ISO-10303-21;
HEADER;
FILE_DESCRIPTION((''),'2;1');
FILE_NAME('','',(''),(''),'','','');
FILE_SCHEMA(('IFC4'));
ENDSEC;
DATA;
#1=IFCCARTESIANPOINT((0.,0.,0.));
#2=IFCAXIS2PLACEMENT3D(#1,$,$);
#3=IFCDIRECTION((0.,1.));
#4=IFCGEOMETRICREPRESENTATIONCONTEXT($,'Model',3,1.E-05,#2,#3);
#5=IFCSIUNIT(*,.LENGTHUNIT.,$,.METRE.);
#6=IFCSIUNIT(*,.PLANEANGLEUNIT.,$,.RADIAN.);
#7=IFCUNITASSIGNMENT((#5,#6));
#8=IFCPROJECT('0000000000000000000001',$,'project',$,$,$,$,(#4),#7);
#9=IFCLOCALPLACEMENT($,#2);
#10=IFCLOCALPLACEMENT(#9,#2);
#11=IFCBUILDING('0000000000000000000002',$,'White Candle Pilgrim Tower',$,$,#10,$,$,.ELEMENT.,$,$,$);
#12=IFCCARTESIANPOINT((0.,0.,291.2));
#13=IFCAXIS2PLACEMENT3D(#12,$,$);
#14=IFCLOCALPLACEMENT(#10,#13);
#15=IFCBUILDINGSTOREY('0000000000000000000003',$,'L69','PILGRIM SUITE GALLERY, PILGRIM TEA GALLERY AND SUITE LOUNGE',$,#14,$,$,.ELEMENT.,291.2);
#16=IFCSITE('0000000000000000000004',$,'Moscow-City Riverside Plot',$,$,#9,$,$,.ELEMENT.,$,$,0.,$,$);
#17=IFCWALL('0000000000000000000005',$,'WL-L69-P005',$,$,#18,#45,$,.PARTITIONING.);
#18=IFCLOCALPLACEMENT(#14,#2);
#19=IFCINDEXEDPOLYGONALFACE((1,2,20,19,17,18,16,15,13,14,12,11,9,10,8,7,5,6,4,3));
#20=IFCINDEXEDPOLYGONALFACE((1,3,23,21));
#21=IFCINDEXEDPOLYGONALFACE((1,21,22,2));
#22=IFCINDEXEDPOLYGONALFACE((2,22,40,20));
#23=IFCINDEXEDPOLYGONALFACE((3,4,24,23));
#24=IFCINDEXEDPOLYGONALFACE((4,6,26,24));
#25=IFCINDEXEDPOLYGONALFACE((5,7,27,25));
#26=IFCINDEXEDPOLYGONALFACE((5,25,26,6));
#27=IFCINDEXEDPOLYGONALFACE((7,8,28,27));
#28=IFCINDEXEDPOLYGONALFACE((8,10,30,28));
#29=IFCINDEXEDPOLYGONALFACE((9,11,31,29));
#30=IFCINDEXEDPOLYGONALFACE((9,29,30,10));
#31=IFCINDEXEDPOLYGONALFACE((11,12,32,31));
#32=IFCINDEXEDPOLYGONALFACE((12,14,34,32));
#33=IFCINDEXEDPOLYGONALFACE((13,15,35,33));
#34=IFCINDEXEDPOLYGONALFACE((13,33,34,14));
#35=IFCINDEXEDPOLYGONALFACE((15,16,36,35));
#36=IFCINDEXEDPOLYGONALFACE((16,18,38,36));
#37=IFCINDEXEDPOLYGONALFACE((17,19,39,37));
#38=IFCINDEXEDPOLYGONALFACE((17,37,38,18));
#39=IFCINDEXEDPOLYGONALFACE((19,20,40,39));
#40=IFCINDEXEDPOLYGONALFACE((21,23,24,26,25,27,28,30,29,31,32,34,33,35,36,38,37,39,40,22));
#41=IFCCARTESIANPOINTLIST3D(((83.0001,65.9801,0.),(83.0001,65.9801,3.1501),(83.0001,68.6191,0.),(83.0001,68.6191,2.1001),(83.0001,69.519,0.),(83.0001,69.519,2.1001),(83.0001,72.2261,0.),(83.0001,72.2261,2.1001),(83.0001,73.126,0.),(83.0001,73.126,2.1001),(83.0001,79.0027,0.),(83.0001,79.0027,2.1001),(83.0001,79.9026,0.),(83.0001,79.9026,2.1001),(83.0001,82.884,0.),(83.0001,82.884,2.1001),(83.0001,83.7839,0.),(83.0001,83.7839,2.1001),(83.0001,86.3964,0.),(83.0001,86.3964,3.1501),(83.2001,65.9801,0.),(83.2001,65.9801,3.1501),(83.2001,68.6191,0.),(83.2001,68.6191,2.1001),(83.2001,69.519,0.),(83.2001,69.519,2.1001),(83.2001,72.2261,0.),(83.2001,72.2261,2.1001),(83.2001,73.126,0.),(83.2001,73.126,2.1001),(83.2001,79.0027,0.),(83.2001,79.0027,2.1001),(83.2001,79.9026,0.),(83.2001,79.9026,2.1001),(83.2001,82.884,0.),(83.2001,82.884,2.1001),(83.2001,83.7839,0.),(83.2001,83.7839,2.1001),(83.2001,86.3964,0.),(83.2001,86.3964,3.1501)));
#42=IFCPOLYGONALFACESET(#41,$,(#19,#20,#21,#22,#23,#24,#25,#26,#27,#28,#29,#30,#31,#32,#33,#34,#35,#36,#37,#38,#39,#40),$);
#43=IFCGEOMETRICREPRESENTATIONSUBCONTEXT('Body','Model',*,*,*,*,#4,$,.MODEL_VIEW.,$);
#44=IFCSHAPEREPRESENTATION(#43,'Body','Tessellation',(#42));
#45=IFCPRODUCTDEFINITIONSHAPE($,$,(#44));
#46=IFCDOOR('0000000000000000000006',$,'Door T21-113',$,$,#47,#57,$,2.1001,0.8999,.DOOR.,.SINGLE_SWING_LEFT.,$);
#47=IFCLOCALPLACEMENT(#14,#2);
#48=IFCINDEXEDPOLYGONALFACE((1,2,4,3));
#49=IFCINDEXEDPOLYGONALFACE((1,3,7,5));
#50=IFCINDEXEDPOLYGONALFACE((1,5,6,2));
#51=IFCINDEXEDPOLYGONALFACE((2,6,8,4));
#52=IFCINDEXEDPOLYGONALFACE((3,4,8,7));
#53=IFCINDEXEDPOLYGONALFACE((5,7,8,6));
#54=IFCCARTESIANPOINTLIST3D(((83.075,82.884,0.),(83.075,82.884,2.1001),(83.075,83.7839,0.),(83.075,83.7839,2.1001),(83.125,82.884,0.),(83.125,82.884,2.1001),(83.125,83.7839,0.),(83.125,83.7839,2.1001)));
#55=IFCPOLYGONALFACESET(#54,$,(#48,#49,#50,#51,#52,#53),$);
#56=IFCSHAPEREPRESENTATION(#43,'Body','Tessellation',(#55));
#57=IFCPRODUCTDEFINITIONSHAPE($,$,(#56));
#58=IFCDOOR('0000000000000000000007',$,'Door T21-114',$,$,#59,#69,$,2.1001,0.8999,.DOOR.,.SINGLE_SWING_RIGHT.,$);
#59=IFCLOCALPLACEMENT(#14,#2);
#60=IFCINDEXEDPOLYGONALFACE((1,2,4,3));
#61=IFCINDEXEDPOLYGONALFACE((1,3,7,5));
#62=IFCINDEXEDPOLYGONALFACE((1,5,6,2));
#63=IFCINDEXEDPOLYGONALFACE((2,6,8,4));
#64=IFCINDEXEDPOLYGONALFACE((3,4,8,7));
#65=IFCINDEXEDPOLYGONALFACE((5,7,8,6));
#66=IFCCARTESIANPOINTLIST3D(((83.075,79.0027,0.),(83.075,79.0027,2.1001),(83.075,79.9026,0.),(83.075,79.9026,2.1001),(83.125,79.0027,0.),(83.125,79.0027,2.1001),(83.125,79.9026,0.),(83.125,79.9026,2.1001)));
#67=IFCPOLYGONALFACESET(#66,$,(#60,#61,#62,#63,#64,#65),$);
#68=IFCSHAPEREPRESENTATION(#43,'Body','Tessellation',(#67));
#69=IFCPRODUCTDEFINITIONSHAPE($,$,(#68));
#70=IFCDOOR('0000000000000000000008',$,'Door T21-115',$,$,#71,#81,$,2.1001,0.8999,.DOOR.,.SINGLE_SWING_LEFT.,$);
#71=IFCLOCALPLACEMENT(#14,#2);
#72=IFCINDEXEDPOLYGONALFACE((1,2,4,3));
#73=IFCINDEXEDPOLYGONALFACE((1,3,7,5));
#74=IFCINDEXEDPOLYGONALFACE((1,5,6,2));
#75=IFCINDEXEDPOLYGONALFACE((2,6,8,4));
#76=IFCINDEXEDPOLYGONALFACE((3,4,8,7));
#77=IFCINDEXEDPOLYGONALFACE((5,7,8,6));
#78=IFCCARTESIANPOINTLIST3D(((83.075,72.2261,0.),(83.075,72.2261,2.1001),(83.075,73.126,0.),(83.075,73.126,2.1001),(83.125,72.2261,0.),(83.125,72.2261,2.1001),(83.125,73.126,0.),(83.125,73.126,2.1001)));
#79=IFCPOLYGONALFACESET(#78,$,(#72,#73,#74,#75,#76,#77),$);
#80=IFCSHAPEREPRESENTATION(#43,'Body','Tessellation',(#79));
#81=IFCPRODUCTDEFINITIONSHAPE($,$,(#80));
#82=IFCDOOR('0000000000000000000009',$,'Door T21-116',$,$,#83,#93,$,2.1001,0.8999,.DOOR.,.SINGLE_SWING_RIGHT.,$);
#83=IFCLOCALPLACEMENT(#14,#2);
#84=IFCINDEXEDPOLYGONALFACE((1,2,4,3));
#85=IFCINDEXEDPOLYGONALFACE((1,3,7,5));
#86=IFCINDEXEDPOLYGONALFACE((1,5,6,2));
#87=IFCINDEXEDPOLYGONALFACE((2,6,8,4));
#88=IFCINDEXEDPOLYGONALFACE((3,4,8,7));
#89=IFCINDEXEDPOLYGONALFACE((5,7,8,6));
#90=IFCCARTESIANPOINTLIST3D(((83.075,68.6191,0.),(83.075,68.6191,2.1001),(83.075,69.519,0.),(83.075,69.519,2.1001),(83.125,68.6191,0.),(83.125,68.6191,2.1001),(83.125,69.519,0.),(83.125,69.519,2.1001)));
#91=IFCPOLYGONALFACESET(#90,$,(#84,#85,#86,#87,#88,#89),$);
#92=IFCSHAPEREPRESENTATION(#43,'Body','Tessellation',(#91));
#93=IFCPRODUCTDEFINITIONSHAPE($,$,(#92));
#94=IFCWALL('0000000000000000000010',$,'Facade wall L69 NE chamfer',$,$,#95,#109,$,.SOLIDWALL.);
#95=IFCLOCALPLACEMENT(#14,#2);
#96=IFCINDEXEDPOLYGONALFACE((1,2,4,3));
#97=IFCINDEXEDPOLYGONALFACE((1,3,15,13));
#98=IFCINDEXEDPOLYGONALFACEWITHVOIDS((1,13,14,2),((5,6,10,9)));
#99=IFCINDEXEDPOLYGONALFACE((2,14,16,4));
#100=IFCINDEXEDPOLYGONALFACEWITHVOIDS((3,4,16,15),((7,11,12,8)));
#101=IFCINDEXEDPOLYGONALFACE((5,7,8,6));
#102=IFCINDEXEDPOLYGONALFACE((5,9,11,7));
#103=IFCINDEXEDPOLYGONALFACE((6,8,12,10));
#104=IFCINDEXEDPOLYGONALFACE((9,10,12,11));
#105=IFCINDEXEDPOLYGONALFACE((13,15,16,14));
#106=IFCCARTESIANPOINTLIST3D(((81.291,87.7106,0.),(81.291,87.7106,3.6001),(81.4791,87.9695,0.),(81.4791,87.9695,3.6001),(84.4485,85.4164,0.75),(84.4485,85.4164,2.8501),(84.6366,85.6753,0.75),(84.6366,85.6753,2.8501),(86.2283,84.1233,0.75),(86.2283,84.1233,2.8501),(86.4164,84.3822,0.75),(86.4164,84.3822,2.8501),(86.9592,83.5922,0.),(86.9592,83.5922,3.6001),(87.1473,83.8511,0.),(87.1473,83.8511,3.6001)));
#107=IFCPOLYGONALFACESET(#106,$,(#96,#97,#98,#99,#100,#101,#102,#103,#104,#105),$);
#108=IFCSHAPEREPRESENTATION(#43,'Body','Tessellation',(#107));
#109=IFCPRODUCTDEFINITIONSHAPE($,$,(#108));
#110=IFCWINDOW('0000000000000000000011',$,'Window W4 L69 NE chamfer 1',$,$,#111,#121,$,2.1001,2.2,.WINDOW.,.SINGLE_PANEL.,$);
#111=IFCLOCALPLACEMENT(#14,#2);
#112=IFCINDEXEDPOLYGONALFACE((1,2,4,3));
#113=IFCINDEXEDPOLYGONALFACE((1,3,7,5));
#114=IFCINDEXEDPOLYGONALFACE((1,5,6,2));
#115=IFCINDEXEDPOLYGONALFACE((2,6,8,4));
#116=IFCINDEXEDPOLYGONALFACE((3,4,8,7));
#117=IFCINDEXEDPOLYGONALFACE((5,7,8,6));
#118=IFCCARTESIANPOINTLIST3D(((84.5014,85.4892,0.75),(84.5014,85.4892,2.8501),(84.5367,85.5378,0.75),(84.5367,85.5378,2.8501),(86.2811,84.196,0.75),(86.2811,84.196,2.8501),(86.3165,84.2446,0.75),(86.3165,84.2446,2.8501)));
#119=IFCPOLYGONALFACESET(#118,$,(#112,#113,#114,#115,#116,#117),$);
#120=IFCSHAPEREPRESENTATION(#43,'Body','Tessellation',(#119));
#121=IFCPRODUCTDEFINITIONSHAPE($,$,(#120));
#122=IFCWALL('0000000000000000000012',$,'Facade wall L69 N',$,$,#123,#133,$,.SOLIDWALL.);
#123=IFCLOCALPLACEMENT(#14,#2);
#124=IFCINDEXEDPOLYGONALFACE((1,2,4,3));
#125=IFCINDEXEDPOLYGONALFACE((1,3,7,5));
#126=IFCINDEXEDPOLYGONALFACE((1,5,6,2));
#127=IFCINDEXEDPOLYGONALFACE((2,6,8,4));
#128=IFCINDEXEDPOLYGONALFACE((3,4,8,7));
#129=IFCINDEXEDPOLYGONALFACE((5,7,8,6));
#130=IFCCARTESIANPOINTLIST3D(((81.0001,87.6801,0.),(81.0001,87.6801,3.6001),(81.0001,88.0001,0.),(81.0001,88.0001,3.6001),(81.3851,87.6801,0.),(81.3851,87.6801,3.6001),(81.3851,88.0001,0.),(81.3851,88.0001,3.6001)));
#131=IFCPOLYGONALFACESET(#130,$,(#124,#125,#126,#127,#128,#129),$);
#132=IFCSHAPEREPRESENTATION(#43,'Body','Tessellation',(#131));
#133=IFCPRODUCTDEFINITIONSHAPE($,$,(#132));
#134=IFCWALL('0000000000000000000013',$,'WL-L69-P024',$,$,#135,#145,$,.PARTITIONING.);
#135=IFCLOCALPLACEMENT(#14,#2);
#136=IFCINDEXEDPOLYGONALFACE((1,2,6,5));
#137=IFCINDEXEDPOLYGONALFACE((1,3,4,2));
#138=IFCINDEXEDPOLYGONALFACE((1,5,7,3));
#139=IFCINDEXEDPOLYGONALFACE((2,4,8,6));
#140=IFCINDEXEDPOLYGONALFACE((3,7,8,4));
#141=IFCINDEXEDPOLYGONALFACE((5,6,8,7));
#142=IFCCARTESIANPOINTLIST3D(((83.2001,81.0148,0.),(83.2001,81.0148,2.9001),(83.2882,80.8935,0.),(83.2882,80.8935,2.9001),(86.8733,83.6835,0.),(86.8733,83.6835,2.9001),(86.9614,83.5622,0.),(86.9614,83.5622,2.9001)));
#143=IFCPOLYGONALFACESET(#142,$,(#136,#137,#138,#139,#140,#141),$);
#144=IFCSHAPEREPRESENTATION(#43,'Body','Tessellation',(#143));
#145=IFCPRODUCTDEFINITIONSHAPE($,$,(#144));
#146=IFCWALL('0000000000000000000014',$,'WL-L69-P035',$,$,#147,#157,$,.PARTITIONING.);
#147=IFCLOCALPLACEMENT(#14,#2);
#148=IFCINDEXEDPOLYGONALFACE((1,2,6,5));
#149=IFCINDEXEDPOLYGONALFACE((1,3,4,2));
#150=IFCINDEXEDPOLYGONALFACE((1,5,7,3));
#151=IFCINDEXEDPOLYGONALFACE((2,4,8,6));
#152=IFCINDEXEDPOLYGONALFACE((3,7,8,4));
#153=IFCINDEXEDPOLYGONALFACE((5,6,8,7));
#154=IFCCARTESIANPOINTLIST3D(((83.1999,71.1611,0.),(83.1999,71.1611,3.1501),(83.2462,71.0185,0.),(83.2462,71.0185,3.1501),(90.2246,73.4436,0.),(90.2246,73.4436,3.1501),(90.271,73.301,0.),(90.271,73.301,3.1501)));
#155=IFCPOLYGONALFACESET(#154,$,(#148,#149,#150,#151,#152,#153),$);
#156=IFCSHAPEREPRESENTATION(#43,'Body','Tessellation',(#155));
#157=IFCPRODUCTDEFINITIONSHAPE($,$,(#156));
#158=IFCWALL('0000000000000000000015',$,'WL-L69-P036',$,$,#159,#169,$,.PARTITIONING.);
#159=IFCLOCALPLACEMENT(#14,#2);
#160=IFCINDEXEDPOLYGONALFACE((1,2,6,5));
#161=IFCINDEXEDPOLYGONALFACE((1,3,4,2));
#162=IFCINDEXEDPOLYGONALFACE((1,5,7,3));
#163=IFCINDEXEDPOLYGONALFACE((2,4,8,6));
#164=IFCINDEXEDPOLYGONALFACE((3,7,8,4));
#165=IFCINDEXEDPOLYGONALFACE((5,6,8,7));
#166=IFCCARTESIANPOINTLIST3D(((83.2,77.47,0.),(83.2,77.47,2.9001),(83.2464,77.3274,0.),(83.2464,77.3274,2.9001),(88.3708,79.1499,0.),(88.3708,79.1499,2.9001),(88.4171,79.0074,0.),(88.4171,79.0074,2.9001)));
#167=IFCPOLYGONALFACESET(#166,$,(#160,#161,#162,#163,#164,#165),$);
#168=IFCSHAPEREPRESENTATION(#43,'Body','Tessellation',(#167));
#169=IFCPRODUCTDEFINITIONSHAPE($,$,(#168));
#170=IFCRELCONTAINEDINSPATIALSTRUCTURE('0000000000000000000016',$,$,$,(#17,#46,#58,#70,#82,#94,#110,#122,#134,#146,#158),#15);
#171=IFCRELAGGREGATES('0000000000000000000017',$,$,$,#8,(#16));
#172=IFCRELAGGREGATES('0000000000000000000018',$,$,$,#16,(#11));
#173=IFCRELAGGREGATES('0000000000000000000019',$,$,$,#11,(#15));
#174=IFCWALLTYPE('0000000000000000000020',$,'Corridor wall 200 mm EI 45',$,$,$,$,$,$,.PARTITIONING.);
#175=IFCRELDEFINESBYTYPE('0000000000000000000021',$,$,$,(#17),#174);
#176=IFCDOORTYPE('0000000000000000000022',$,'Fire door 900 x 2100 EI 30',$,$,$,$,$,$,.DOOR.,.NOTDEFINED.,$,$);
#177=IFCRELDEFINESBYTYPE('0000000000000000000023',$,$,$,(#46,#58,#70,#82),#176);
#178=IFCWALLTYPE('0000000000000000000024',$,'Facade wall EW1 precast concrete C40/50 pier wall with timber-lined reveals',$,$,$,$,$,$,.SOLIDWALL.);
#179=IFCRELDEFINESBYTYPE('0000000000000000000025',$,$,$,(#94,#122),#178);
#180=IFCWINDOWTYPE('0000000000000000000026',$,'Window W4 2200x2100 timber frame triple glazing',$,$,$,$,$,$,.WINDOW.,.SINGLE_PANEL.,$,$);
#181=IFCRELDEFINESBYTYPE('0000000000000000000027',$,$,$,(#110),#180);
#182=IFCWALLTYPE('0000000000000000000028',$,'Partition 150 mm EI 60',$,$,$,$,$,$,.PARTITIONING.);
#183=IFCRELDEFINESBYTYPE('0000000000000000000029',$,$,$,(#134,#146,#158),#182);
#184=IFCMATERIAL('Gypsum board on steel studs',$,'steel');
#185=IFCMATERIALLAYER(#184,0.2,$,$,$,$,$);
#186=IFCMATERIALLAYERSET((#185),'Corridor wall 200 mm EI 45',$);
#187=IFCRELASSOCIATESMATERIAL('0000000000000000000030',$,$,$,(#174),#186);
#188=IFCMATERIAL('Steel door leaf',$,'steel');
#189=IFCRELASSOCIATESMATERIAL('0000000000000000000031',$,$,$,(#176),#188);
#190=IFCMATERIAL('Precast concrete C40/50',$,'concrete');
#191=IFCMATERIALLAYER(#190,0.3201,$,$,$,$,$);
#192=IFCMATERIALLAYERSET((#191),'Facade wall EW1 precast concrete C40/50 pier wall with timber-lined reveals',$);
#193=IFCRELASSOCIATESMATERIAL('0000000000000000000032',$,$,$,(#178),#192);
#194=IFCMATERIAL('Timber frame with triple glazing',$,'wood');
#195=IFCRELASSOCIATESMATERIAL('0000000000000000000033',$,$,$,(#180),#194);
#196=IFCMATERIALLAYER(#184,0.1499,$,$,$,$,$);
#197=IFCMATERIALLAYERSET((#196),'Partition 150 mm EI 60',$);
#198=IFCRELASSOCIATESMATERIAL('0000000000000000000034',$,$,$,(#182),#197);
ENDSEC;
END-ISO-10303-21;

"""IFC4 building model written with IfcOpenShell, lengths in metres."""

from ifc_helpers import new_model, si_unit, direction, frame, frame_2d, origin, place, context, subcontext, project, spatial, rectangle, extrude, material, layer, layer_set, type_object, element, fill, save


model = new_model("IFC4")

# Units and contexts
model_context = context("Model", 3, precision=1e-05, world=origin(), true_north=direction((0.0, 1.0)))
body_context = subcontext(model_context, "Body", "Model", "MODEL_VIEW")
ifc_project = project(units=[si_unit("LENGTHUNIT", "METRE"), si_unit("PLANEANGLEUNIT", "RADIAN")], contexts=[model_context])

# Site, building, storey
site_placement = place(None, origin())
site = spatial("IfcSite", under=ifc_project, at=site_placement, Name="Moscow-City Riverside Plot", CompositionType="ELEMENT", RefElevation=0.0)
building_placement = place(site_placement, origin())
building = spatial("IfcBuilding", under=site, at=building_placement, Name="White Candle Pilgrim Tower", CompositionType="ELEMENT")
storey_placement = place(building_placement, frame((0.0, 0.0, 291.2)))
storey = spatial("IfcBuildingStorey", under=building, at=storey_placement, Name="L69", Description="PILGRIM SUITE GALLERY, PILGRIM TEA GALLERY AND SUITE LOUNGE", CompositionType="ELEMENT", Elevation=291.2)

# Shared definitions
ifc_material_1 = material(Name="Steel door leaf", Category="steel")

# Wall, openings, doors
ifc_material_2 = material(Name="Gypsum board on steel studs", Category="steel")
ifc_layer_1 = layer(ifc_material_2, 0.2)
ifc_layer_set_1 = layer_set([ifc_layer_1], Name="Corridor wall 200 mm EI 45")
wall_type_1 = type_object("IfcWallType", Name="Corridor wall 200 mm EI 45", PredefinedType="PARTITIONING", material=ifc_layer_set_1)
wall_1_placement = place(storey_placement, frame((83.1001, 86.3962, 0.0), z_axis=(0.0, 0.0, 1.0), x_axis=(0.0, -1.0, 0.0)))
wall_1 = element("IfcWall", 1, at=wall_1_placement, inside=storey, type_object=wall_type_1, Name="WL-L69-P005", PredefinedType="PARTITIONING", context=body_context, shape_type="SweptSolid", body=[
    extrude(rectangle(XDim=20.4163, YDim=0.2, at=frame_2d((10.208, 0.0))), origin(), (0.0, 0.0, 1.0), 3.1501),
])
opening_1_placement = place(wall_1_placement, frame((2.6123, 0.0, 0.0)))
opening_1 = element("IfcOpeningElement", 2, at=opening_1_placement, cuts=wall_1, PredefinedType="OPENING", context=body_context, shape_type="SweptSolid", body=[
    extrude(rectangle(XDim=0.8999, YDim=2.1001, at=frame_2d((0.45, 1.05))), frame((0.0, 0.1099, 0.0), z_axis=(0.0, -1.0, 0.0), x_axis=(1.0, 0.0, 0.0)), (0.0, 0.0, 1.0), 0.22),
])
opening_2_placement = place(wall_1_placement, frame((6.4937, 0.0, 0.0)))
opening_2 = element("IfcOpeningElement", 3, at=opening_2_placement, cuts=wall_1, PredefinedType="OPENING", context=body_context, shape_type="SweptSolid", body=[
    extrude(rectangle(XDim=0.8999, YDim=2.1001, at=frame_2d((0.45, 1.05))), frame((0.0, 0.1099, 0.0), z_axis=(0.0, -1.0, 0.0), x_axis=(1.0, 0.0, 0.0)), (0.0, 0.0, 1.0), 0.22),
])
opening_3_placement = place(wall_1_placement, frame((13.2703, 0.0, 0.0)))
opening_3 = element("IfcOpeningElement", 4, at=opening_3_placement, cuts=wall_1, PredefinedType="OPENING", context=body_context, shape_type="SweptSolid", body=[
    extrude(rectangle(XDim=0.8999, YDim=2.1001, at=frame_2d((0.45, 1.05))), frame((0.0, 0.1099, 0.0), z_axis=(0.0, -1.0, 0.0), x_axis=(1.0, 0.0, 0.0)), (0.0, 0.0, 1.0), 0.22),
])
opening_4_placement = place(wall_1_placement, frame((16.8772, 0.0, 0.0)))
opening_4 = element("IfcOpeningElement", 5, at=opening_4_placement, cuts=wall_1, PredefinedType="OPENING", context=body_context, shape_type="SweptSolid", body=[
    extrude(rectangle(XDim=0.8999, YDim=2.1001, at=frame_2d((0.45, 1.05))), frame((0.0, 0.1099, 0.0), z_axis=(0.0, -1.0, 0.0), x_axis=(1.0, 0.0, 0.0)), (0.0, 0.0, 1.0), 0.22),
])
door_type_1 = type_object("IfcDoorType", Name="Fire door 900 x 2100 EI 30", OperationType="NOTDEFINED", PredefinedType="DOOR", material=ifc_material_1)
door_1_placement = place(opening_1_placement, origin())
door_1 = element("IfcDoor", 6, at=door_1_placement, inside=storey, type_object=door_type_1, Name="Door T21-113", OperationType="SINGLE_SWING_LEFT", OverallHeight=2.1001, OverallWidth=0.8999, PredefinedType="DOOR", context=body_context, shape_type="SweptSolid", body=[
    extrude(rectangle(XDim=0.8999, YDim=2.1001, at=frame_2d((0.45, 1.05))), frame((0.0, 0.0249, 0.0), z_axis=(0.0, -1.0, 0.0), x_axis=(1.0, 0.0, 0.0)), (0.0, 0.0, 1.0), 0.05),
])
fill(opening_1, door_1)
door_2_placement = place(opening_2_placement, origin())
door_2 = element("IfcDoor", 7, at=door_2_placement, inside=storey, type_object=door_type_1, Name="Door T21-114", OperationType="SINGLE_SWING_RIGHT", OverallHeight=2.1001, OverallWidth=0.8999, PredefinedType="DOOR", context=body_context, shape_type="SweptSolid", body=[
    extrude(rectangle(XDim=0.8999, YDim=2.1001, at=frame_2d((0.45, 1.05))), frame((0.0, 0.0249, 0.0), z_axis=(0.0, -1.0, 0.0), x_axis=(1.0, 0.0, 0.0)), (0.0, 0.0, 1.0), 0.05),
])
fill(opening_2, door_2)
door_3_placement = place(opening_3_placement, origin())
door_3 = element("IfcDoor", 8, at=door_3_placement, inside=storey, type_object=door_type_1, Name="Door T21-115", OperationType="SINGLE_SWING_LEFT", OverallHeight=2.1001, OverallWidth=0.8999, PredefinedType="DOOR", context=body_context, shape_type="SweptSolid", body=[
    extrude(rectangle(XDim=0.8999, YDim=2.1001, at=frame_2d((0.45, 1.05))), frame((0.0, 0.0249, 0.0), z_axis=(0.0, -1.0, 0.0), x_axis=(1.0, 0.0, 0.0)), (0.0, 0.0, 1.0), 0.05),
])
fill(opening_3, door_3)
door_4_placement = place(opening_4_placement, origin())
door_4 = element("IfcDoor", 9, at=door_4_placement, inside=storey, type_object=door_type_1, Name="Door T21-116", OperationType="SINGLE_SWING_RIGHT", OverallHeight=2.1001, OverallWidth=0.8999, PredefinedType="DOOR", context=body_context, shape_type="SweptSolid", body=[
    extrude(rectangle(XDim=0.8999, YDim=2.1001, at=frame_2d((0.45, 1.05))), frame((0.0, 0.0249, 0.0), z_axis=(0.0, -1.0, 0.0), x_axis=(1.0, 0.0, 0.0)), (0.0, 0.0, 1.0), 0.05),
])
fill(opening_4, door_4)

# Wall, opening, window
ifc_material_3 = material(Name="Precast concrete C40/50", Category="concrete")
ifc_layer_2 = layer(ifc_material_3, 0.3201)
ifc_layer_set_2 = layer_set([ifc_layer_2], Name="Facade wall EW1 precast concrete C40/50 pier wall with timber-lined reveals")
wall_type_2 = type_object("IfcWallType", Name="Facade wall EW1 precast concrete C40/50 pier wall with timber-lined reveals", PredefinedType="SOLIDWALL", material=ifc_layer_set_2)
wall_2_placement = place(storey_placement, frame((87.0532, 83.7217, 0.0), z_axis=(0.0, 0.0, 1.0), x_axis=(-0.809003, 0.587805, 0.0)))
wall_2 = element("IfcWall", 10, at=wall_2_placement, inside=storey, type_object=wall_type_2, Name="Facade wall L69 NE chamfer", PredefinedType="SOLIDWALL", context=body_context, shape_type="SweptSolid", body=[
    extrude(rectangle(XDim=7.0063, YDim=0.3201, at=frame_2d((3.5032, 0.0))), origin(), (0.0, 0.0, 1.0), 3.6001),
])
opening_5_placement = place(wall_2_placement, frame((0.9033, 0.0, 0.75)))
opening_5 = element("IfcOpeningElement", 11, at=opening_5_placement, cuts=wall_2, PredefinedType="OPENING", context=body_context, shape_type="SweptSolid", body=[
    extrude(rectangle(XDim=2.2, YDim=2.1001, at=frame_2d((1.1001, 1.05))), frame((0.0, 0.1699, 0.0), z_axis=(0.0, -1.0, 0.0), x_axis=(1.0, 0.0, 0.0)), (0.0, 0.0, 1.0), 0.3401),
])
ifc_material_4 = material(Name="Timber frame with triple glazing", Category="wood")
window_type = type_object("IfcWindowType", Name="Window W4 2200x2100 timber frame triple glazing", PartitioningType="SINGLE_PANEL", PredefinedType="WINDOW", material=ifc_material_4)
window_placement = place(opening_5_placement, origin())
window = element("IfcWindow", 12, at=window_placement, inside=storey, type_object=window_type, Name="Window W4 L69 NE chamfer 1", OverallHeight=2.1001, OverallWidth=2.2, PartitioningType="SINGLE_PANEL", PredefinedType="WINDOW", context=body_context, shape_type="SweptSolid", body=[
    extrude(rectangle(XDim=2.2, YDim=2.1001, at=frame_2d((1.1001, 1.05))), frame((0.0, 0.0701, 0.0), z_axis=(0.0, -1.0, 0.0), x_axis=(1.0, 0.0, 0.0)), (0.0, 0.0, 1.0), 0.0601),
])
fill(opening_5, window)

# Walls
wall_3_placement = place(storey_placement, frame((81.385, 87.8401, 0.0), z_axis=(0.0, 0.0, 1.0), x_axis=(-1.0, 0.0, 0.0)))
element("IfcWall", 13, at=wall_3_placement, inside=storey, type_object=wall_type_2, Name="Facade wall L69 N", PredefinedType="SOLIDWALL", context=body_context, shape_type="SweptSolid", body=[
    extrude(rectangle(XDim=0.385, YDim=0.3201, at=frame_2d((0.1924, 0.0))), origin(), (0.0, 0.0, 1.0), 3.6001),
])
ifc_layer_3 = layer(ifc_material_2, 0.1499)
ifc_layer_set_3 = layer_set([ifc_layer_3], Name="Partition 150 mm EI 60")
wall_type_3 = type_object("IfcWallType", Name="Partition 150 mm EI 60", PredefinedType="PARTITIONING", material=ifc_layer_set_3)
wall_4_placement = place(storey_placement, frame((86.9172, 83.6228, 0.0), z_axis=(0.0, 0.0, 1.0), x_axis=(-0.809013, -0.587791, 0.0)))
element("IfcWall", 14, at=wall_4_placement, inside=storey, type_object=wall_type_3, Name="WL-L69-P024", PredefinedType="PARTITIONING", context=body_context, shape_type="SweptSolid", body=[
    extrude(rectangle(XDim=4.5403, YDim=0.1499, at=frame_2d((2.27, 0.0))), origin(), (0.0, 0.0, 1.0), 2.9001),
])
wall_5_placement = place(storey_placement, frame((90.2478, 73.3723, 0.0), z_axis=(0.0, 0.0, 1.0), x_axis=(-0.951056, -0.30902, 0.0)))
element("IfcWall", 15, at=wall_5_placement, inside=storey, type_object=wall_type_3, Name="WL-L69-P035", PredefinedType="PARTITIONING", context=body_context, shape_type="SweptSolid", body=[
    extrude(rectangle(XDim=7.3862, YDim=0.1499, at=frame_2d((3.6931, 0.0))), origin(), (0.0, 0.0, 1.0), 3.1501),
])
wall_6_placement = place(storey_placement, frame((88.3938, 79.0786, 0.0), z_axis=(0.0, 0.0, 1.0), x_axis=(-0.951063, -0.308998, 0.0)))
element("IfcWall", 16, at=wall_6_placement, inside=storey, type_object=wall_type_3, Name="WL-L69-P036", PredefinedType="PARTITIONING", context=body_context, shape_type="SweptSolid", body=[
    extrude(rectangle(XDim=5.4368, YDim=0.1499, at=frame_2d((2.7183, 0.0))), origin(), (0.0, 0.0, 1.0), 2.9001),
])

save(model, "model.ifc")
